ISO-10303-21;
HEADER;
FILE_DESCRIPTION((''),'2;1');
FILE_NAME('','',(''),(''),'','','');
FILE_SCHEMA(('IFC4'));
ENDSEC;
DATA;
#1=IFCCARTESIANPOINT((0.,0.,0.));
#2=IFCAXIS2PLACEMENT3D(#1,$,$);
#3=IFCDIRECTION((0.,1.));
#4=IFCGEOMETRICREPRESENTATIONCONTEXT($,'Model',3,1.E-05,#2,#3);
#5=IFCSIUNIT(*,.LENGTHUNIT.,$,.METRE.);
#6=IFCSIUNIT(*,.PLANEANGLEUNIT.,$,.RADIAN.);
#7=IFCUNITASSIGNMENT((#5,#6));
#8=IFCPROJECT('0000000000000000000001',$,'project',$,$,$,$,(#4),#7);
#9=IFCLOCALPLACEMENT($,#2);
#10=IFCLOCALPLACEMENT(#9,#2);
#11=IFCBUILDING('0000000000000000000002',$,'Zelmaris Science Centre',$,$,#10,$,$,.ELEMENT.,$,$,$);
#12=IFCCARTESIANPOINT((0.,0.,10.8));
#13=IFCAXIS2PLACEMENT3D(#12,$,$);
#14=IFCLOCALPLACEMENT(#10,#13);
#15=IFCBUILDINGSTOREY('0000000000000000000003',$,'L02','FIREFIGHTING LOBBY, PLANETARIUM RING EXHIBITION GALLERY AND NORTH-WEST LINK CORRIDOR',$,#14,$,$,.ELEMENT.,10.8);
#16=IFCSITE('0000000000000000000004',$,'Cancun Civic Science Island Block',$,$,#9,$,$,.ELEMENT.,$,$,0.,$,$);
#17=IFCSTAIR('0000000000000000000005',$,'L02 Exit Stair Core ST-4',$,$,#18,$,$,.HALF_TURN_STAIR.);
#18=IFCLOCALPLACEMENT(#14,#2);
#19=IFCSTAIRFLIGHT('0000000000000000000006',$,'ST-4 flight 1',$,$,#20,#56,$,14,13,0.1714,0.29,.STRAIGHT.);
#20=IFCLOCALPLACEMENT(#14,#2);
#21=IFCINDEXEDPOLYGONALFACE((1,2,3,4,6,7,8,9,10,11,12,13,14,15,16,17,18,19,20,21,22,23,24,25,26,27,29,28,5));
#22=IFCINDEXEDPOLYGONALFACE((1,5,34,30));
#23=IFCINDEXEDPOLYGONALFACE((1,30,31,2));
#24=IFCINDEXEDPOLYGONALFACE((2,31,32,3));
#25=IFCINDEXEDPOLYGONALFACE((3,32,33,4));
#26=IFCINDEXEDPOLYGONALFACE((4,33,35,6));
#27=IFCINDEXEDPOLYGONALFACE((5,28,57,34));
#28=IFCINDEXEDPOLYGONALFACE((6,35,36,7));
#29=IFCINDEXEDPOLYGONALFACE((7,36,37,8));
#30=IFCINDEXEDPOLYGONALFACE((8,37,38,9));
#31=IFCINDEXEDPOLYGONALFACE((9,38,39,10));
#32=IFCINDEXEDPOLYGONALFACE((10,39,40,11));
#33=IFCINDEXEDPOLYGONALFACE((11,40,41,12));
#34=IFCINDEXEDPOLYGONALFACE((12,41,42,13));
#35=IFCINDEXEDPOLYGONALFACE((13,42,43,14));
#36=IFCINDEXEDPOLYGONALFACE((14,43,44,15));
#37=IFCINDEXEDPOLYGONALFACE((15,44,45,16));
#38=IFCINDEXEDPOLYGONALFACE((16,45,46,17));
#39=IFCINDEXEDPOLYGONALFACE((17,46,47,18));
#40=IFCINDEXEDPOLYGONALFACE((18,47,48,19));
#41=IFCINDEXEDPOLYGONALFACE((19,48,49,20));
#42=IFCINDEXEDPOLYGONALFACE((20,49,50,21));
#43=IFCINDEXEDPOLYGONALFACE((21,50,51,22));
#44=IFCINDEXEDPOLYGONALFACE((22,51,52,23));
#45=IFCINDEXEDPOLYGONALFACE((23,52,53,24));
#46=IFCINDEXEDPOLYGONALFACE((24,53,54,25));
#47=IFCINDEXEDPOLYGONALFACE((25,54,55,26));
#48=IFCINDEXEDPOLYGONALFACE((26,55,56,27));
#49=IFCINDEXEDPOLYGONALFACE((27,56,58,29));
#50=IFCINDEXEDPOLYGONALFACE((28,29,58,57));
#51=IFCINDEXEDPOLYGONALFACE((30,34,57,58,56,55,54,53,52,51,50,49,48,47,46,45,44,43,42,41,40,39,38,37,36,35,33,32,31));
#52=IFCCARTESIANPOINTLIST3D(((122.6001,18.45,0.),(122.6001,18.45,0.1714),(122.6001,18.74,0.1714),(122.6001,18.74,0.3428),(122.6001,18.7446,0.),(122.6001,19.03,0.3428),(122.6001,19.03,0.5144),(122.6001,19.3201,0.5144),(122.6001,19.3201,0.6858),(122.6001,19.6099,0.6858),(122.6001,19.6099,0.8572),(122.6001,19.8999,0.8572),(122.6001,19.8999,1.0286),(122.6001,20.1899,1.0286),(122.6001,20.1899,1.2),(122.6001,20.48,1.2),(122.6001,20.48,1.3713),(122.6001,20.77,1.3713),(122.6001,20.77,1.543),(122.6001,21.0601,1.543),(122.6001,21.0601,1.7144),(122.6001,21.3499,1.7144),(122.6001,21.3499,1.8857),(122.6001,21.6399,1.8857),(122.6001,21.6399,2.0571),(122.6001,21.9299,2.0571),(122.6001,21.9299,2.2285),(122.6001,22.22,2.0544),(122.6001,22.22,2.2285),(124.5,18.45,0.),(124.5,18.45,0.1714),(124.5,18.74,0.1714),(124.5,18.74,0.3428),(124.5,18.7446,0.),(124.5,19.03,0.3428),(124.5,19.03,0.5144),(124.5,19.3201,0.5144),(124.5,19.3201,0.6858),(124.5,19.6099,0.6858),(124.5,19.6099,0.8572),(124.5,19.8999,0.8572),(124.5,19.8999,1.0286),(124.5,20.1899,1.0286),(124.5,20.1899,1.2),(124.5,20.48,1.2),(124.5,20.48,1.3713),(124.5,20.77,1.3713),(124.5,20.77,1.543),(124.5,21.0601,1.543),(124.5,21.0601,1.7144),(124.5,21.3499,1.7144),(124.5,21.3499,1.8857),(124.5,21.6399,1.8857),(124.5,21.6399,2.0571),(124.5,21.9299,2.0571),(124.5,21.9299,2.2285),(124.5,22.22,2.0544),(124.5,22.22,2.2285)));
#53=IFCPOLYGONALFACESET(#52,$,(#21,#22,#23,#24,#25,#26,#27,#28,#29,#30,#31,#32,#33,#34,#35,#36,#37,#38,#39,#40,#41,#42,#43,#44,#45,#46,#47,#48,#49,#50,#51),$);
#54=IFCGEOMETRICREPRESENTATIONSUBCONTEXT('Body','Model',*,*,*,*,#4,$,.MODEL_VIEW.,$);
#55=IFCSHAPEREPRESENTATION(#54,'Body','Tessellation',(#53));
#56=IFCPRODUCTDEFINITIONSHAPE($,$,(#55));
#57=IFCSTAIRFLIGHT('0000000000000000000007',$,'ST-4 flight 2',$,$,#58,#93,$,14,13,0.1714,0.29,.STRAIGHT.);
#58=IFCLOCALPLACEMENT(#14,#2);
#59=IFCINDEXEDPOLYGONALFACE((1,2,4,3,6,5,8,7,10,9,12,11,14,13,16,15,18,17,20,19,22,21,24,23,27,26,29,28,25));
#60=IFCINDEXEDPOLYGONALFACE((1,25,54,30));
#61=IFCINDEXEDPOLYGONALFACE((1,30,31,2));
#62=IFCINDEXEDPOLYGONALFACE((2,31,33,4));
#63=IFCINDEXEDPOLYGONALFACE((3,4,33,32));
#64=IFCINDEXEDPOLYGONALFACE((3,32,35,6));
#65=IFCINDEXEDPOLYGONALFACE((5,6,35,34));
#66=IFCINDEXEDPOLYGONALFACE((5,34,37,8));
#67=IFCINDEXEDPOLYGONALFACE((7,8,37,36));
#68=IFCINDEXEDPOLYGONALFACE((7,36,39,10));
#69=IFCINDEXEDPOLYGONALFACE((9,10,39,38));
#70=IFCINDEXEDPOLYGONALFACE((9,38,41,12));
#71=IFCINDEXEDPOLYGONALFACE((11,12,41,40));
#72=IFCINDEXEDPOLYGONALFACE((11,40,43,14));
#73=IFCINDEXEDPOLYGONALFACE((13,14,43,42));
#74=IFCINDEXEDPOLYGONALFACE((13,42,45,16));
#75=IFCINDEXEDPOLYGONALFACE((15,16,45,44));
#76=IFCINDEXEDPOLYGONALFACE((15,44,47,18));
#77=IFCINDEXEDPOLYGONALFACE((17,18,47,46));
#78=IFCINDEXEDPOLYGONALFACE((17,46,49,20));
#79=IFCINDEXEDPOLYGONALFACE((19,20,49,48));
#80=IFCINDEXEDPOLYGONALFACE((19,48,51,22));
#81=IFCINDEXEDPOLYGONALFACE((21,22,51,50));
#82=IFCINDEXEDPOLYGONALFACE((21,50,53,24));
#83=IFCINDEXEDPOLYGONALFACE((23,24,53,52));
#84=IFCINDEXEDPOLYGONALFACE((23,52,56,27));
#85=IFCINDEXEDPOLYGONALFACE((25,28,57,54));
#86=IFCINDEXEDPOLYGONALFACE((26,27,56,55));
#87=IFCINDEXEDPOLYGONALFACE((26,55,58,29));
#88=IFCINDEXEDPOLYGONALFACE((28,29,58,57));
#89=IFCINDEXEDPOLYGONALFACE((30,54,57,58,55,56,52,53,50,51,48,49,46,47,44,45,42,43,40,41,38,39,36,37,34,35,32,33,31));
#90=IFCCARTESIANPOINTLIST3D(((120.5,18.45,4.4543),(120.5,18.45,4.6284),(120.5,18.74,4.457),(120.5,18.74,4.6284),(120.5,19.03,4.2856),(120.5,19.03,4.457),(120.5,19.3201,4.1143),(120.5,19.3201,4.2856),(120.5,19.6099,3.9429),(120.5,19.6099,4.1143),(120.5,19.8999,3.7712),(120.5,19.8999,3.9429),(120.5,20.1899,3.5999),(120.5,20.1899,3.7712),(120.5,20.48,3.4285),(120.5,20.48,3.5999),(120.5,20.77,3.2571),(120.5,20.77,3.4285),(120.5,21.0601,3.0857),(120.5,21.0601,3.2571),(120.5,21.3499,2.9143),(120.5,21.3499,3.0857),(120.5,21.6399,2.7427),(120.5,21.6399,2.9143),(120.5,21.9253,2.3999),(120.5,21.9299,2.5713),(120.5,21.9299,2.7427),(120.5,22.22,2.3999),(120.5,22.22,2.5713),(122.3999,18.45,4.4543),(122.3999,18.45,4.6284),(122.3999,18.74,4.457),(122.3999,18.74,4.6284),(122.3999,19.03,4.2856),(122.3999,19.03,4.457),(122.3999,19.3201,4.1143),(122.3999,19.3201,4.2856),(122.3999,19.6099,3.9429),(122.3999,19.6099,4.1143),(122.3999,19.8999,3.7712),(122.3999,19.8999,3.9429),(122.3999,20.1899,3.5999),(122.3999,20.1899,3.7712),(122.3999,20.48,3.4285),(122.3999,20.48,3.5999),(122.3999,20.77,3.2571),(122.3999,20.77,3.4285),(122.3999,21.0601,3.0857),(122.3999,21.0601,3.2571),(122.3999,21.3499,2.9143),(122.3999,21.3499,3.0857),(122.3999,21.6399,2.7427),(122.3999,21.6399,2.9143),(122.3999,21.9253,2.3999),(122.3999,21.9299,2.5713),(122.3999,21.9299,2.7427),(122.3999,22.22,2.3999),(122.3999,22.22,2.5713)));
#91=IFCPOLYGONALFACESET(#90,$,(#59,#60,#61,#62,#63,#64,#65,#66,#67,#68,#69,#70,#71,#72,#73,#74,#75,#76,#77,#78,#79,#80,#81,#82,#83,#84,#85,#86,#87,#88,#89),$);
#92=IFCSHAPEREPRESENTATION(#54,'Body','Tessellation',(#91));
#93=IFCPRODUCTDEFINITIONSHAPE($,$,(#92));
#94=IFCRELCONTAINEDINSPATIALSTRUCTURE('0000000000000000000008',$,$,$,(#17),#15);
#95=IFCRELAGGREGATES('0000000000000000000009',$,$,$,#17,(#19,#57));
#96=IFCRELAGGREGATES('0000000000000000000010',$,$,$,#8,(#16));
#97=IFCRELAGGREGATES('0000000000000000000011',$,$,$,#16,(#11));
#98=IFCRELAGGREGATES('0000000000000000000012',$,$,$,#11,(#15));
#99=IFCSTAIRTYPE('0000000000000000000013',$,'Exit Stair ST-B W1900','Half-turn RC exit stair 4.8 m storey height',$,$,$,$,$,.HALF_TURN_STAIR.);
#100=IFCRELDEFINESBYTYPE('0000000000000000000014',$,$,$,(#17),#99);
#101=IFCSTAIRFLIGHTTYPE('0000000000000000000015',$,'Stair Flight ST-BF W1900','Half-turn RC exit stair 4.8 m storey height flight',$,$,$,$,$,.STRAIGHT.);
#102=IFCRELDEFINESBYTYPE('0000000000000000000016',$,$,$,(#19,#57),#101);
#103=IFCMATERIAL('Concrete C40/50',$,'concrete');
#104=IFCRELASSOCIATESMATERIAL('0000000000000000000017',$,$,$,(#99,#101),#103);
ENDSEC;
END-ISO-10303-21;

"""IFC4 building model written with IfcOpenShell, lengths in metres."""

from ifc_helpers import new_model, si_unit, direction, frame, origin, place, context, subcontext, project, spatial, polyline, outline, extrude, material, type_object, element, aggregate, save


model = new_model("IFC4")

# Units and contexts
model_context = context("Model", 3, precision=1e-05, world=origin(), true_north=direction((0.0, 1.0)))
body_context = subcontext(model_context, "Body", "Model", "MODEL_VIEW")
ifc_project = project(units=[si_unit("LENGTHUNIT", "METRE"), si_unit("PLANEANGLEUNIT", "RADIAN")], contexts=[model_context])

# Site, building, storey
site_placement = place(None, origin())
site = spatial("IfcSite", under=ifc_project, at=site_placement, Name="Cancun Civic Science Island Block", CompositionType="ELEMENT", RefElevation=0.0)
building_placement = place(site_placement, origin())
building = spatial("IfcBuilding", under=site, at=building_placement, Name="Zelmaris Science Centre", CompositionType="ELEMENT")
storey_placement = place(building_placement, frame((0.0, 0.0, 10.8)))
storey = spatial("IfcBuildingStorey", under=building, at=storey_placement, Name="L02", Description="FIREFIGHTING LOBBY, PLANETARIUM RING EXHIBITION GALLERY AND NORTH-WEST LINK CORRIDOR", CompositionType="ELEMENT", Elevation=10.8)

# Shared definitions
ifc_material_1 = material(Name="Concrete C40/50", Category="concrete")

# Stair, stair flights
stair_type = type_object("IfcStairType", Name="Exit Stair ST-B W1900", Description="Half-turn RC exit stair 4.8 m storey height", PredefinedType="HALF_TURN_STAIR", material=ifc_material_1)
stair_placement = place(storey_placement, origin())
stair = element("IfcStair", 1, at=stair_placement, inside=storey, type_object=stair_type, Name="L02 Exit Stair Core ST-4", PredefinedType="HALF_TURN_STAIR")
stair_flight_type = type_object("IfcStairFlightType", Name="Stair Flight ST-BF W1900", Description="Half-turn RC exit stair 4.8 m storey height flight", PredefinedType="STRAIGHT", material=ifc_material_1)
stair_flight_1_placement = place(storey_placement, frame((123.55, 18.45, 0.0), z_axis=(0.0, 0.0, 1.0), x_axis=(0.0, 1.0, 0.0)))
stair_flight_1 = element("IfcStairFlight", 2, at=stair_flight_1_placement, type_object=stair_flight_type, Name="ST-4 flight 1", NumberOfRisers=14, NumberOfTreads=13, PredefinedType="STRAIGHT", RiserHeight=0.1714, TreadLength=0.29, context=body_context, shape_type="SweptSolid", body=[
    extrude(outline(polyline([(0.0, 0.0), (0.0, 0.1714), (0.29, 0.1714), (0.29, 0.3428), (0.5801, 0.3428), (0.5801, 0.5144), (0.8701, 0.5144), (0.8701, 0.6858), (1.1599, 0.6858), (1.1599, 0.8572), (1.45, 0.8572), (1.45, 1.0286), (1.74, 1.0286), (1.74, 1.2), (2.03, 1.2), (2.03, 1.3713), (2.3201, 1.3713), (2.3201, 1.543), (2.6101, 1.543), (2.6101, 1.7144), (2.8999, 1.7144), (2.8999, 1.8857), (3.1899, 1.8857), (3.1899, 2.0571), (3.48, 2.0571), (3.48, 2.2285), (3.77, 2.2285), (3.77, 2.3999), (3.77, 2.0544), (0.2947, 0.0), (0.0, 0.0)])), frame((0.0, 0.95, 0.0), z_axis=(0.0, -1.0, 0.0), x_axis=(1.0, 0.0, 0.0)), (0.0, 0.0, 1.0), 1.8999),
])
stair_flight_2_placement = place(storey_placement, frame((121.45, 22.22, 2.3999), z_axis=(0.0, 0.0, 1.0), x_axis=(0.0, -1.0, 0.0)))
stair_flight_2 = element("IfcStairFlight", 3, at=stair_flight_2_placement, type_object=stair_flight_type, Name="ST-4 flight 2", NumberOfRisers=14, NumberOfTreads=13, PredefinedType="STRAIGHT", RiserHeight=0.1714, TreadLength=0.29, context=body_context, shape_type="SweptSolid", body=[
    extrude(outline(polyline([(0.0, 0.0), (0.0, 0.1714), (0.29, 0.1714), (0.29, 0.3428), (0.5801, 0.3428), (0.5801, 0.5144), (0.8701, 0.5144), (0.8701, 0.6858), (1.1599, 0.6858), (1.1599, 0.8572), (1.45, 0.8572), (1.45, 1.0286), (1.74, 1.0286), (1.74, 1.2), (2.03, 1.2), (2.03, 1.3713), (2.3201, 1.3713), (2.3201, 1.543), (2.6101, 1.543), (2.6101, 1.7144), (2.8999, 1.7144), (2.8999, 1.8857), (3.1899, 1.8857), (3.1899, 2.0571), (3.48, 2.0571), (3.48, 2.2285), (3.77, 2.2285), (3.77, 2.3999), (3.77, 2.0544), (0.2947, 0.0), (0.0, 0.0)])), frame((0.0, 0.95, 0.0), z_axis=(0.0, -1.0, 0.0), x_axis=(1.0, 0.0, 0.0)), (0.0, 0.0, 1.0), 1.8999),
])
aggregate(stair, [stair_flight_1, stair_flight_2])

save(model, "model.ifc")
